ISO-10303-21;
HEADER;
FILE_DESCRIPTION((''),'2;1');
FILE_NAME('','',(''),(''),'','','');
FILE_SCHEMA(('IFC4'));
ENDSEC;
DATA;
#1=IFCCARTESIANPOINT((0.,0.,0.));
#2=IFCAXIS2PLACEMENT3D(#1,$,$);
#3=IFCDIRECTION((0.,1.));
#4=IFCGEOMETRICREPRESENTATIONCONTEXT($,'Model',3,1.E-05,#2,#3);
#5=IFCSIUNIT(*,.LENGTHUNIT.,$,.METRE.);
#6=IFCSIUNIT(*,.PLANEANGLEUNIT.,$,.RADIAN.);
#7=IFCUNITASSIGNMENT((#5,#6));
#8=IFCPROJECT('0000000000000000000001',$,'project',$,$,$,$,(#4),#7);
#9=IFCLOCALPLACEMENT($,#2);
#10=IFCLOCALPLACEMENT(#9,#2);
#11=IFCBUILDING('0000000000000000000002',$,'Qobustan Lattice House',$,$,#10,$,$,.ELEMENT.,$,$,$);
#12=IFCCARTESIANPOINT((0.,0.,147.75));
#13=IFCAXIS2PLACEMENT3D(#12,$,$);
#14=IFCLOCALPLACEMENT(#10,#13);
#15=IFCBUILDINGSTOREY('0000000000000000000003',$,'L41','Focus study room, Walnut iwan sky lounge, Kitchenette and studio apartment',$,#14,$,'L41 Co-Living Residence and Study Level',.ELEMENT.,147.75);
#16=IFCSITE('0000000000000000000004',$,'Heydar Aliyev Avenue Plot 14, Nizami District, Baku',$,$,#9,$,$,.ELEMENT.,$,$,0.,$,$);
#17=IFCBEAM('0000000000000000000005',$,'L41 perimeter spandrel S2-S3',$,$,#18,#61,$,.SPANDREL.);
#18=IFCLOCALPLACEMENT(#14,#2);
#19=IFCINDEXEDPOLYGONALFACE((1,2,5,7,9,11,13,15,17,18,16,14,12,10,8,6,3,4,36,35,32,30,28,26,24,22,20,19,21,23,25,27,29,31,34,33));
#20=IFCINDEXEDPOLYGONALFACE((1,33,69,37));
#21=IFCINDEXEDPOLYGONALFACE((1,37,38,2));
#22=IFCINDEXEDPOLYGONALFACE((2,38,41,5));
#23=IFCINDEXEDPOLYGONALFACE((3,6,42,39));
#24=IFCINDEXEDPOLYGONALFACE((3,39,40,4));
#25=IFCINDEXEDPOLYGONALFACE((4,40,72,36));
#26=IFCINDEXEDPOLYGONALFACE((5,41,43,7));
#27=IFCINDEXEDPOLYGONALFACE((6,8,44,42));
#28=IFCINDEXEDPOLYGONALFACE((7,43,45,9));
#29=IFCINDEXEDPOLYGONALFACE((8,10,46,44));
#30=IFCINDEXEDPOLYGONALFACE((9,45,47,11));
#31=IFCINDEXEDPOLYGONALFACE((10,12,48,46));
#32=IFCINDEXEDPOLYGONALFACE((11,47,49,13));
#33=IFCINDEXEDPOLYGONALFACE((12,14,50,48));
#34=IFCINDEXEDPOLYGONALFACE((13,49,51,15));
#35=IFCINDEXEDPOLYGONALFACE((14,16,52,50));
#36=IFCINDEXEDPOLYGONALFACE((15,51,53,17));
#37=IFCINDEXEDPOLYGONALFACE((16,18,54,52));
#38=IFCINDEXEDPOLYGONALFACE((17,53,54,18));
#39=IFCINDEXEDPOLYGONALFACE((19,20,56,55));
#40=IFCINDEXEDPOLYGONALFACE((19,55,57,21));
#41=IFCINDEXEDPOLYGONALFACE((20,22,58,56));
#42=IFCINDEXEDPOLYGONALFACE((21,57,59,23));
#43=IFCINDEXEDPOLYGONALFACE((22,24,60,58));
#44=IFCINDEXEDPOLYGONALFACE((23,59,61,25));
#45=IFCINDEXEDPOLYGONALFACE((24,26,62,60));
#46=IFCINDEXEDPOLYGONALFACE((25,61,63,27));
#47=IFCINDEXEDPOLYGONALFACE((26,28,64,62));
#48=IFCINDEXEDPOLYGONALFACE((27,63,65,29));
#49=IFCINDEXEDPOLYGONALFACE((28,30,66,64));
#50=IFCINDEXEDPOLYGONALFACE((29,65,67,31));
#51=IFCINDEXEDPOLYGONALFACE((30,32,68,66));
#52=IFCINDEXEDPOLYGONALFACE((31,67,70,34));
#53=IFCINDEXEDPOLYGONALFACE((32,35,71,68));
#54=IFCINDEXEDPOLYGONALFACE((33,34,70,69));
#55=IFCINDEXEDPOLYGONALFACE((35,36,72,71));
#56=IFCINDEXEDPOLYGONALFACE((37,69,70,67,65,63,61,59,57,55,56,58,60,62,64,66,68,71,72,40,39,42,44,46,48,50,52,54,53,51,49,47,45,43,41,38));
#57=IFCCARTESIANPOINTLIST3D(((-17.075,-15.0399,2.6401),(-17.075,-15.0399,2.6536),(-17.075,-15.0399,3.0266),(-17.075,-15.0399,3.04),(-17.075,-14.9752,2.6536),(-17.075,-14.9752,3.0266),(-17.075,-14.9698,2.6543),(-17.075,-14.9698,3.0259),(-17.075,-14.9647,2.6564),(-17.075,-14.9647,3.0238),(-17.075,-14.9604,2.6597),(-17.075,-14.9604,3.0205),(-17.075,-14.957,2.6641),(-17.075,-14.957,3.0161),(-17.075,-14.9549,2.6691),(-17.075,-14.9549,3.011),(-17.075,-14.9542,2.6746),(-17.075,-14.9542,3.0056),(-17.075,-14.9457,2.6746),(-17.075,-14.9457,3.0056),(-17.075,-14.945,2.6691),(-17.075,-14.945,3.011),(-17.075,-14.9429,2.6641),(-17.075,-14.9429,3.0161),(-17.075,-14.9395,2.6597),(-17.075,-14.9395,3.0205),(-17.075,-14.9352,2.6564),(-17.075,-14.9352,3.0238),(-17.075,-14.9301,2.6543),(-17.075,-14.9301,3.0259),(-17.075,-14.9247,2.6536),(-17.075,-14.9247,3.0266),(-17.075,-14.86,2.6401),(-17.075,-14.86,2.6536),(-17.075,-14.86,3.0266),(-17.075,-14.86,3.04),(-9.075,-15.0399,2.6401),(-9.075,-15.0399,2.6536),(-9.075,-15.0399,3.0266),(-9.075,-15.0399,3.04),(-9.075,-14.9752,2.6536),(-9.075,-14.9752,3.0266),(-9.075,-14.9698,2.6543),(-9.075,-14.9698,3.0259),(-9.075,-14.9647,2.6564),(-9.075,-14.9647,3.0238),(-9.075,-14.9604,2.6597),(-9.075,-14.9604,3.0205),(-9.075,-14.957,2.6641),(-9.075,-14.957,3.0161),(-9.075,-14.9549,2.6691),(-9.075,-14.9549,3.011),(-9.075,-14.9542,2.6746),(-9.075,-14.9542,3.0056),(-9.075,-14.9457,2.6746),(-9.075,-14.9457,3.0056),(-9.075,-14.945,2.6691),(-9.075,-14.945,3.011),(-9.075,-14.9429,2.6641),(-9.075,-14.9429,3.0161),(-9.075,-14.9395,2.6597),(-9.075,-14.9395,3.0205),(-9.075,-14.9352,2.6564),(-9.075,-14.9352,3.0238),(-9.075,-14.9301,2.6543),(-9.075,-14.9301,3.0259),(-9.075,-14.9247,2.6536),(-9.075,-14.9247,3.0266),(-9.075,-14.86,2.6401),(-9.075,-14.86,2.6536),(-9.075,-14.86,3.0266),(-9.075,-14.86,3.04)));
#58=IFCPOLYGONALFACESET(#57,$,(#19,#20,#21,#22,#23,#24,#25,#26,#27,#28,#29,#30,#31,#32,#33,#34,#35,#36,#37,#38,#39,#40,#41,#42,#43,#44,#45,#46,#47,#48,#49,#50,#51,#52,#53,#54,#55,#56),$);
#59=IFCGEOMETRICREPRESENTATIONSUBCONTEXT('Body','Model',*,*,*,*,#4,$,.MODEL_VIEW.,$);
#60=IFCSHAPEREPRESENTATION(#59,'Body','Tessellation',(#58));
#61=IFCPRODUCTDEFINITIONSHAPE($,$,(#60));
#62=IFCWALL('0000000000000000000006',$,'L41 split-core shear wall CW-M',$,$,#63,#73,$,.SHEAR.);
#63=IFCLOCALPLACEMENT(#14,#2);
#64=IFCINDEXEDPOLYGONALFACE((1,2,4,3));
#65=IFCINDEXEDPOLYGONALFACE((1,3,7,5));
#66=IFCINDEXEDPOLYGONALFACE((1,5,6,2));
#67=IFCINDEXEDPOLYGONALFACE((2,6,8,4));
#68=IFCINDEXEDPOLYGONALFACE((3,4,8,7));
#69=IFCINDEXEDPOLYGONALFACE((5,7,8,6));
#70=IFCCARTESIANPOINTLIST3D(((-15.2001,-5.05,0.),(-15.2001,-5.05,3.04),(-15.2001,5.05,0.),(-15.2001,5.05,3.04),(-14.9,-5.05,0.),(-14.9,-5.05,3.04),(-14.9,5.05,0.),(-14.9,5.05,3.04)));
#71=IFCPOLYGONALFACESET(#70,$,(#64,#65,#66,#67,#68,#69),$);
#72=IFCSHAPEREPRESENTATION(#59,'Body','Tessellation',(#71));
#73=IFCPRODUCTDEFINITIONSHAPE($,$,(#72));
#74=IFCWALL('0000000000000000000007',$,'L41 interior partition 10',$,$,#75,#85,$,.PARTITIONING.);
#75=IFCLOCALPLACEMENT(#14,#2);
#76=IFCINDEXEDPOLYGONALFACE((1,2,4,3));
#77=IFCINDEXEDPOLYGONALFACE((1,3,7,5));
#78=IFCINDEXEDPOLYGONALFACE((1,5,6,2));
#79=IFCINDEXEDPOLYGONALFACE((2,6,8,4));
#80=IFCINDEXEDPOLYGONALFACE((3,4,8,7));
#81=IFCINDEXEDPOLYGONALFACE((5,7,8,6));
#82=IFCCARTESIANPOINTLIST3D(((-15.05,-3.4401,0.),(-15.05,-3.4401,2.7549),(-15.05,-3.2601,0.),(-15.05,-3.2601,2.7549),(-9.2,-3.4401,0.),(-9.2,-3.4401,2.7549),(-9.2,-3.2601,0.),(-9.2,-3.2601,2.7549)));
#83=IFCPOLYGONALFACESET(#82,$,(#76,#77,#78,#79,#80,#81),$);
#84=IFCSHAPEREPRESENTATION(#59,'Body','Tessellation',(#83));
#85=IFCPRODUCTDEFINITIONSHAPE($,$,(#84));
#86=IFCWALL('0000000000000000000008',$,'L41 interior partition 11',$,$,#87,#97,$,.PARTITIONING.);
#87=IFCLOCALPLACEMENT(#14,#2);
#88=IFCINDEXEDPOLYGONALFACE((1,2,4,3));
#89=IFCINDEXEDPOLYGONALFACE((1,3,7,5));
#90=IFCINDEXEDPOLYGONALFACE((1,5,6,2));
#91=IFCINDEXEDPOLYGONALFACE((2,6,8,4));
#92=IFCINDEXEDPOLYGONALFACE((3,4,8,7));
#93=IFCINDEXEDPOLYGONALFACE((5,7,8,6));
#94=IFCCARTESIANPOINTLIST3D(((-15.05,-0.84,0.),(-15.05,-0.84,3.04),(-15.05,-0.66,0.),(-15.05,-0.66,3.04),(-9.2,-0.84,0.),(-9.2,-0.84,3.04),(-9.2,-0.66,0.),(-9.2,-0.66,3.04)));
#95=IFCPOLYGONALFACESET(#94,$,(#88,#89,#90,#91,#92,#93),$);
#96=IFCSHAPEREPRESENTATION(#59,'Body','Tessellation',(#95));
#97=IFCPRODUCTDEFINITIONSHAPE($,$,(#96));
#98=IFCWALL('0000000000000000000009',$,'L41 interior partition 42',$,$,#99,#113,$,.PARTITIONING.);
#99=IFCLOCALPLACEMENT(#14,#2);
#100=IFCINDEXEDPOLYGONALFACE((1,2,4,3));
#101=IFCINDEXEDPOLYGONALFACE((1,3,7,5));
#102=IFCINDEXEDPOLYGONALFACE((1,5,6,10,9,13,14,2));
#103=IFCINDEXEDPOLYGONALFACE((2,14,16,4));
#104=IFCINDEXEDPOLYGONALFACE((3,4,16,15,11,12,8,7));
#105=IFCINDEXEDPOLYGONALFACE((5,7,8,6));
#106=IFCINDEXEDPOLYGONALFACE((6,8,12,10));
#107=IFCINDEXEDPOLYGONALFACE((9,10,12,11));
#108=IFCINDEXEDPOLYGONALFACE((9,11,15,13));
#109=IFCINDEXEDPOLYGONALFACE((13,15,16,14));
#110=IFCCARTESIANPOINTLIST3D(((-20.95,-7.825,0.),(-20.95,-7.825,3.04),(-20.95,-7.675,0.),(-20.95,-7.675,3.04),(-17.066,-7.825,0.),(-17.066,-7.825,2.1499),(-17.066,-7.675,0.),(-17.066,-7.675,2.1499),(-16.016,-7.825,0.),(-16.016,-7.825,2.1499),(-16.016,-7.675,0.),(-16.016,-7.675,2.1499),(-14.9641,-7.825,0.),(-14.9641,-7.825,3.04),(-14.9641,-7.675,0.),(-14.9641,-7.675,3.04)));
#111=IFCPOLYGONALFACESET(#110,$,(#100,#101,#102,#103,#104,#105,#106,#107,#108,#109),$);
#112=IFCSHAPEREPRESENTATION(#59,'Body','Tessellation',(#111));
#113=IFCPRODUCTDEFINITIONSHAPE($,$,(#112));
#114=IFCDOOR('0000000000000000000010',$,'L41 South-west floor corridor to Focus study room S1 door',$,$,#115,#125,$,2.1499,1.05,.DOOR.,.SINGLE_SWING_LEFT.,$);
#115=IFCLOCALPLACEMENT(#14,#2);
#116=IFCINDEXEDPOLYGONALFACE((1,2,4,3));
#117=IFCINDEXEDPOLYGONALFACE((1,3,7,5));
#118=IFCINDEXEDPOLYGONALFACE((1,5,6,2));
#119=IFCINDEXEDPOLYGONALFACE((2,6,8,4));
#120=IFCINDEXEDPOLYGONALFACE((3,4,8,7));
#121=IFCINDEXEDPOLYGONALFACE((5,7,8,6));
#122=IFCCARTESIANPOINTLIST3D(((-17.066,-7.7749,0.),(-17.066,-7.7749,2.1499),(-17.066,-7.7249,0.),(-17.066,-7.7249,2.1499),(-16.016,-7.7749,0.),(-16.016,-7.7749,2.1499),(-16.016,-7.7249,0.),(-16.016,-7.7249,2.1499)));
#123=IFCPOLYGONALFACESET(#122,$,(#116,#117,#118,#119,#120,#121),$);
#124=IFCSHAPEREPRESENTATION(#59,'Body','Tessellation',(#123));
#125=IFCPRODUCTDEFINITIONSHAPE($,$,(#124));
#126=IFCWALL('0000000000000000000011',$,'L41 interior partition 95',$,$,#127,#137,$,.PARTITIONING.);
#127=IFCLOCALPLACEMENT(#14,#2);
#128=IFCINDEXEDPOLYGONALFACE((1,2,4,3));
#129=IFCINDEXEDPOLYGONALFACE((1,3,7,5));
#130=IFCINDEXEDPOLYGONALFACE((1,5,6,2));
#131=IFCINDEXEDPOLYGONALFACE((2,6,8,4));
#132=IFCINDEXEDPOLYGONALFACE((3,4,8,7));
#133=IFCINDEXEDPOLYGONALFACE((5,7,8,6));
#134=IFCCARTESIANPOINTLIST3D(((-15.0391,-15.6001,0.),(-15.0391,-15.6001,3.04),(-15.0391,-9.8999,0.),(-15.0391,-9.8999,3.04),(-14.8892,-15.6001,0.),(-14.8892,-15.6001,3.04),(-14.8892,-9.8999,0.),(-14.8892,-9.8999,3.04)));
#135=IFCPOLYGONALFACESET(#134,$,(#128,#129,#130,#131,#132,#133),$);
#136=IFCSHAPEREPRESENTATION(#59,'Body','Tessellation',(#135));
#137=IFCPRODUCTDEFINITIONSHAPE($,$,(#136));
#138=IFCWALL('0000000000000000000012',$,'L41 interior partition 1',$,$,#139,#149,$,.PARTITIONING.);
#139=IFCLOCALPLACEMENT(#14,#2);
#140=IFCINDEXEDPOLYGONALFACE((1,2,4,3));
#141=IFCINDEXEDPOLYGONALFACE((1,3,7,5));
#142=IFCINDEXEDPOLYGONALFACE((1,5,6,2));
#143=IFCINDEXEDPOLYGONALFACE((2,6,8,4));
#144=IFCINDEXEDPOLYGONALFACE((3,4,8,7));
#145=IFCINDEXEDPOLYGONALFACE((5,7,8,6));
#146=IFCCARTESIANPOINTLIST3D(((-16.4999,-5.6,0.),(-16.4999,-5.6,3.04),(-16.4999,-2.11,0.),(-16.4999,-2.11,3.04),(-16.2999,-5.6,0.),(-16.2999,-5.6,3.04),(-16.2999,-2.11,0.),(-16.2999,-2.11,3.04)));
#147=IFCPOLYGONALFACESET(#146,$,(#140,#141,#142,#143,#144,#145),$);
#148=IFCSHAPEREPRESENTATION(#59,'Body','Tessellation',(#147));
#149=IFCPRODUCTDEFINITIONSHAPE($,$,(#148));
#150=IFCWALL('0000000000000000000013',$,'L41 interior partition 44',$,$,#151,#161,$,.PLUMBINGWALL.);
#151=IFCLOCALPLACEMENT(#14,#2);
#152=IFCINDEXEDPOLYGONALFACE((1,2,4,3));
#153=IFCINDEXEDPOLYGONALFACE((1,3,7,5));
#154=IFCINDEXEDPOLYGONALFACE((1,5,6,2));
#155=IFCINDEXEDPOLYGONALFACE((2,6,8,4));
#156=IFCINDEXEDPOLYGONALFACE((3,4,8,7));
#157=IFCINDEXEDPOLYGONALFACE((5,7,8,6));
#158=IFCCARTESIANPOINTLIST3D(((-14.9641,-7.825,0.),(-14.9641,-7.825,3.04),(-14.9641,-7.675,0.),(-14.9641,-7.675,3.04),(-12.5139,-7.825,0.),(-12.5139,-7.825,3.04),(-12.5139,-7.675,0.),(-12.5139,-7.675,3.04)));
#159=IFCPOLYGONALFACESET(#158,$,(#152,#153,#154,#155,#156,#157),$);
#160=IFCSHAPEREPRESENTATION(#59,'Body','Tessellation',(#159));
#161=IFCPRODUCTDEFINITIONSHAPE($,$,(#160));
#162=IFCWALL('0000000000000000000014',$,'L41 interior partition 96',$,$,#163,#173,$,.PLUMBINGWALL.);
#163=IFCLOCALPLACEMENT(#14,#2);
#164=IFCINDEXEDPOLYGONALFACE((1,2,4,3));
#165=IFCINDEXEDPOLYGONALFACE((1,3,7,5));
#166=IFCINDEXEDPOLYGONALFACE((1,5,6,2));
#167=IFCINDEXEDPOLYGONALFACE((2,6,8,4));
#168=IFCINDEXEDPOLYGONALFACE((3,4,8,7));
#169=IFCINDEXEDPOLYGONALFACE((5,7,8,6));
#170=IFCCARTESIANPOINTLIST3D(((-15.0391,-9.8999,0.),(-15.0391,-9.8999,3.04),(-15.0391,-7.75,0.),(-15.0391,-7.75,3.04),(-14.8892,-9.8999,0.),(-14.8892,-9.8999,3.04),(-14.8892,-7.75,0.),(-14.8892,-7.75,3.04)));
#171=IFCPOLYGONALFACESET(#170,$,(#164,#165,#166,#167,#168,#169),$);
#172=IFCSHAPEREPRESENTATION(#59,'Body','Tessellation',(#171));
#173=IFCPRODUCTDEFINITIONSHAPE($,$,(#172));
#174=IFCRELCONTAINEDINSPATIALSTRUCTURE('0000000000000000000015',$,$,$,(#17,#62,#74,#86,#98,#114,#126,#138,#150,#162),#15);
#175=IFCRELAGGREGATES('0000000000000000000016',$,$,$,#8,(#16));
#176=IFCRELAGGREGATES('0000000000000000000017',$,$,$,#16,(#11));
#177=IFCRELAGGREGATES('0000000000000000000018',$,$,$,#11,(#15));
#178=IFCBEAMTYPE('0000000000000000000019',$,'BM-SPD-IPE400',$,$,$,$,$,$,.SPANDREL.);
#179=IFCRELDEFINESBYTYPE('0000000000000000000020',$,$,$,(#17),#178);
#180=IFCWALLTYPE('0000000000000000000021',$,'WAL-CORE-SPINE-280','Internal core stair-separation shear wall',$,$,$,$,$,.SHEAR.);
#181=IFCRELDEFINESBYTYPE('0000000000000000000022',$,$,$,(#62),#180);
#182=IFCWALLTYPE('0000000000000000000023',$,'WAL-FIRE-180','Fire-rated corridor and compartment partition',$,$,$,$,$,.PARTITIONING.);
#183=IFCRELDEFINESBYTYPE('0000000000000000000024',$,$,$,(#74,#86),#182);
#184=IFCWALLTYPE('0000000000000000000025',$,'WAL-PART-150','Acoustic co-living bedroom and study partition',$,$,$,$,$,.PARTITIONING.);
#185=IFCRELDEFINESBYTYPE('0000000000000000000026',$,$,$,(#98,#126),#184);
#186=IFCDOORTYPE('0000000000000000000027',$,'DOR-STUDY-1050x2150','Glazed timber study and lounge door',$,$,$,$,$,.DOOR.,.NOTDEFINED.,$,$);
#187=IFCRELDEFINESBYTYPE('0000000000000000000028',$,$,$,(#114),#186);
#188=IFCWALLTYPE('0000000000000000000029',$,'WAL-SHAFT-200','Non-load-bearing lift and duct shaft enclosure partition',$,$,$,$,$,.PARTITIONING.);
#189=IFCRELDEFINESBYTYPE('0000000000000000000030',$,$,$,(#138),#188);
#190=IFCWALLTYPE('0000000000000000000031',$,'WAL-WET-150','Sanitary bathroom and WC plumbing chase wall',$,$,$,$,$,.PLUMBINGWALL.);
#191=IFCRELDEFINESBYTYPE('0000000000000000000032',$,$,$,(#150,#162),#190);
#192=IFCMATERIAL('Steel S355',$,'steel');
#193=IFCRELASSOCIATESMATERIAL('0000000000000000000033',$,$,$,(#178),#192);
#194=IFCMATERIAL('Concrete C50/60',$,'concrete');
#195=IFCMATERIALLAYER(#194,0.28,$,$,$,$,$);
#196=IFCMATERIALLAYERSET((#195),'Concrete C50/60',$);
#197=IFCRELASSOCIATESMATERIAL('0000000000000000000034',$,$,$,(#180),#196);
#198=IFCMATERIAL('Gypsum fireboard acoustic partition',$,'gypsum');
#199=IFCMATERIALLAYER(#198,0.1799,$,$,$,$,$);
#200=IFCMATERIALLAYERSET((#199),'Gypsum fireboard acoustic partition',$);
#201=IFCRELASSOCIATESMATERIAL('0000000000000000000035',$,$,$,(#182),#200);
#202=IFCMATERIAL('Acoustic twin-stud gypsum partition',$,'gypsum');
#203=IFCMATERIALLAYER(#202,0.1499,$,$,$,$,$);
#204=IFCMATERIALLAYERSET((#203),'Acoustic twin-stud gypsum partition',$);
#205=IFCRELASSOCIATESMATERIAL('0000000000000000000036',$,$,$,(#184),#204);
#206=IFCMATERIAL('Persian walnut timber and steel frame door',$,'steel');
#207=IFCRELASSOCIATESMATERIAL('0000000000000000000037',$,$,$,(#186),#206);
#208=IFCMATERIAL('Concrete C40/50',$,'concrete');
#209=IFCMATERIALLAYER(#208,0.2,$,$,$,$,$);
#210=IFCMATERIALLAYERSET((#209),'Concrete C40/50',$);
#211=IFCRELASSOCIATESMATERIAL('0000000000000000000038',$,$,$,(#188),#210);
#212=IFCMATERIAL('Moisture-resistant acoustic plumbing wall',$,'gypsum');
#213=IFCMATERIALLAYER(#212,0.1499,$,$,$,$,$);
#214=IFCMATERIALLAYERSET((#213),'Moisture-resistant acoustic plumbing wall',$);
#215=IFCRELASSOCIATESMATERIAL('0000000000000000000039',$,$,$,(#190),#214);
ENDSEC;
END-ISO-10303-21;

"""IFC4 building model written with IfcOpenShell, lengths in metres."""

from ifc_helpers import new_model, si_unit, direction, frame, frame_2d, origin, origin_2d, place, context, subcontext, project, spatial, rectangle, i_section, extrude, material, layer, layer_set, material_profile, profile_set, type_object, element, fill, save


model = new_model("IFC4")

# Units and contexts
model_context = context("Model", 3, precision=1e-05, world=origin(), true_north=direction((0.0, 1.0)))
body_context = subcontext(model_context, "Body", "Model", "MODEL_VIEW")
ifc_project = project(units=[si_unit("LENGTHUNIT", "METRE"), si_unit("PLANEANGLEUNIT", "RADIAN")], contexts=[model_context])

# Site, building, storey
site_placement = place(None, origin())
site = spatial("IfcSite", under=ifc_project, at=site_placement, Name="Heydar Aliyev Avenue Plot 14, Nizami District, Baku", CompositionType="ELEMENT", RefElevation=0.0)
building_placement = place(site_placement, origin())
building = spatial("IfcBuilding", under=site, at=building_placement, Name="Qobustan Lattice House", CompositionType="ELEMENT")
storey_placement = place(building_placement, frame((0.0, 0.0, 147.75)))
storey = spatial("IfcBuildingStorey", under=building, at=storey_placement, Name="L41", Description="Focus study room, Walnut iwan sky lounge, Kitchenette and studio apartment", LongName="L41 Co-Living Residence and Study Level", CompositionType="ELEMENT", Elevation=147.75)

# Beam
ifc_material_1 = material(Name="Steel S355", Category="steel")
ifc_material_profile_1 = material_profile(ifc_material_1, i_section(OverallWidth=0.1799, OverallDepth=0.3999, WebThickness=0.0085, FlangeThickness=0.0134, FilletRadius=0.021, at=origin_2d()), Name="IPE400")
ifc_profile_set_1 = profile_set([ifc_material_profile_1], Name="Steel S355")
beam_type_1 = type_object("IfcBeamType", Name="BM-SPD-IPE400", PredefinedType="SPANDREL", material=ifc_profile_set_1)
beam_1_placement = place(storey_placement, frame((-17.075, -14.95, 2.8401), z_axis=(1.0, 0.0, 0.0), x_axis=(0.0, 1.0, 0.0)))
element("IfcBeam", 1, at=beam_1_placement, inside=storey, type_object=beam_type_1, Name="L41 perimeter spandrel S2-S3", PredefinedType="SPANDREL", context=body_context, shape_type="SweptSolid", body=[
    extrude(i_section(OverallWidth=0.1799, OverallDepth=0.3999, WebThickness=0.0085, FlangeThickness=0.0134, FilletRadius=0.021, at=origin_2d()), origin(), (0.0, 0.0, 1.0), 8.0),
])

# Walls
ifc_material_2 = material(Name="Concrete C50/60", Category="concrete")
ifc_layer_1 = layer(ifc_material_2, 0.28)
ifc_layer_set_1 = layer_set([ifc_layer_1], Name="Concrete C50/60")
wall_type_1 = type_object("IfcWallType", Name="WAL-CORE-SPINE-280", Description="Internal core stair-separation shear wall", PredefinedType="SHEAR", material=ifc_layer_set_1)
wall_1_placement = place(storey_placement, frame((-15.05, -5.05, 0.0), z_axis=(0.0, 0.0, 1.0), x_axis=(0.0, 1.0, 0.0)))
element("IfcWall", 2, at=wall_1_placement, inside=storey, type_object=wall_type_1, Name="L41 split-core shear wall CW-M", PredefinedType="SHEAR", context=body_context, shape_type="SweptSolid", body=[
    extrude(rectangle(XDim=10.1001, YDim=0.3, at=frame_2d((5.05, 0.0))), origin(), (0.0, 0.0, 1.0), 3.04),
])
ifc_material_3 = material(Name="Gypsum fireboard acoustic partition", Category="gypsum")
ifc_layer_2 = layer(ifc_material_3, 0.1799)
ifc_layer_set_2 = layer_set([ifc_layer_2], Name="Gypsum fireboard acoustic partition")
wall_type_2 = type_object("IfcWallType", Name="WAL-FIRE-180", Description="Fire-rated corridor and compartment partition", PredefinedType="PARTITIONING", material=ifc_layer_set_2)
wall_2_placement = place(storey_placement, frame((-15.05, -3.3501, 0.0), z_axis=(0.0, 0.0, 1.0), x_axis=(1.0, 0.0, 0.0)))
element("IfcWall", 3, at=wall_2_placement, inside=storey, type_object=wall_type_2, Name="L41 interior partition 10", PredefinedType="PARTITIONING", context=body_context, shape_type="SweptSolid", body=[
    extrude(rectangle(XDim=5.8501, YDim=0.1799, at=frame_2d((2.925, 0.0))), origin(), (0.0, 0.0, 1.0), 2.7549),
])
wall_3_placement = place(storey_placement, frame((-9.2, -0.75, 0.0), z_axis=(0.0, 0.0, 1.0), x_axis=(-1.0, 0.0, 0.0)))
element("IfcWall", 4, at=wall_3_placement, inside=storey, type_object=wall_type_2, Name="L41 interior partition 11", PredefinedType="PARTITIONING", context=body_context, shape_type="SweptSolid", body=[
    extrude(rectangle(XDim=5.8501, YDim=0.1799, at=frame_2d((2.925, 0.0))), origin(), (0.0, 0.0, 1.0), 3.04),
])

# Wall, opening, door
ifc_material_4 = material(Name="Acoustic twin-stud gypsum partition", Category="gypsum")
ifc_layer_3 = layer(ifc_material_4, 0.1499)
ifc_layer_set_3 = layer_set([ifc_layer_3], Name="Acoustic twin-stud gypsum partition")
wall_type_3 = type_object("IfcWallType", Name="WAL-PART-150", Description="Acoustic co-living bedroom and study partition", PredefinedType="PARTITIONING", material=ifc_layer_set_3)
wall_4_placement = place(storey_placement, frame((-14.9641, -7.75, 0.0), z_axis=(0.0, 0.0, 1.0), x_axis=(-1.0, 0.0, 0.0)))
wall_4 = element("IfcWall", 5, at=wall_4_placement, inside=storey, type_object=wall_type_3, Name="L41 interior partition 42", PredefinedType="PARTITIONING", context=body_context, shape_type="SweptSolid", body=[
    extrude(rectangle(XDim=5.9858, YDim=0.1499, at=frame_2d((2.9929, 0.0))), origin(), (0.0, 0.0, 1.0), 3.04),
])
opening_1_placement = place(wall_4_placement, frame((1.052, 0.0, 0.0)))
opening_1 = element("IfcOpeningElement", 6, at=opening_1_placement, cuts=wall_4, PredefinedType="OPENING", context=body_context, shape_type="SweptSolid", body=[
    extrude(rectangle(XDim=1.05, YDim=2.1499, at=frame_2d((0.5249, 1.075))), frame((0.0, 0.085, 0.0), z_axis=(0.0, -1.0, 0.0), x_axis=(1.0, 0.0, 0.0)), (0.0, 0.0, 1.0), 0.1699),
])
ifc_material_5 = material(Name="Persian walnut timber and steel frame door", Category="steel")
door_type_1 = type_object("IfcDoorType", Name="DOR-STUDY-1050x2150", Description="Glazed timber study and lounge door", OperationType="NOTDEFINED", PredefinedType="DOOR", material=ifc_material_5)
door_1_placement = place(opening_1_placement, origin())
door_1 = element("IfcDoor", 7, at=door_1_placement, inside=storey, type_object=door_type_1, Name="L41 South-west floor corridor to Focus study room S1 door", OperationType="SINGLE_SWING_LEFT", OverallHeight=2.1499, OverallWidth=1.05, PredefinedType="DOOR", context=body_context, shape_type="SweptSolid", body=[
    extrude(rectangle(XDim=1.05, YDim=2.1499, at=frame_2d((0.5249, 1.075))), frame((0.0, 0.0249, 0.0), z_axis=(0.0, -1.0, 0.0), x_axis=(1.0, 0.0, 0.0)), (0.0, 0.0, 1.0), 0.05),
])
fill(opening_1, door_1)

# Walls
wall_5_placement = place(storey_placement, frame((-14.9641, -9.8999, 0.0), z_axis=(0.0, 0.0, 1.0), x_axis=(0.0, -1.0, 0.0)))
element("IfcWall", 8, at=wall_5_placement, inside=storey, type_object=wall_type_3, Name="L41 interior partition 95", PredefinedType="PARTITIONING", context=body_context, shape_type="SweptSolid", body=[
    extrude(rectangle(XDim=5.7002, YDim=0.1499, at=frame_2d((2.8501, 0.0))), origin(), (0.0, 0.0, 1.0), 3.04),
])
ifc_material_6 = material(Name="Concrete C40/50", Category="concrete")
ifc_layer_4 = layer(ifc_material_6, 0.2)
ifc_layer_set_4 = layer_set([ifc_layer_4], Name="Concrete C40/50")
wall_type_4 = type_object("IfcWallType", Name="WAL-SHAFT-200", Description="Non-load-bearing lift and duct shaft enclosure partition", PredefinedType="PARTITIONING", material=ifc_layer_set_4)
wall_6_placement = place(storey_placement, frame((-16.3999, -5.6001, 0.0), z_axis=(0.0, 0.0, 1.0), x_axis=(0.0, 1.0, 0.0)))
element("IfcWall", 9, at=wall_6_placement, inside=storey, type_object=wall_type_4, Name="L41 interior partition 1", PredefinedType="PARTITIONING", context=body_context, shape_type="SweptSolid", body=[
    extrude(rectangle(XDim=3.49, YDim=0.2, at=frame_2d((1.7451, 0.0))), origin(), (0.0, 0.0, 1.0), 3.04),
])
ifc_material_7 = material(Name="Moisture-resistant acoustic plumbing wall", Category="gypsum")
ifc_layer_5 = layer(ifc_material_7, 0.1499)
ifc_layer_set_5 = layer_set([ifc_layer_5], Name="Moisture-resistant acoustic plumbing wall")
wall_type_5 = type_object("IfcWallType", Name="WAL-WET-150", Description="Sanitary bathroom and WC plumbing chase wall", PredefinedType="PLUMBINGWALL", material=ifc_layer_set_5)
wall_7_placement = place(storey_placement, frame((-12.5139, -7.75, 0.0), z_axis=(0.0, 0.0, 1.0), x_axis=(-1.0, 0.0, 0.0)))
element("IfcWall", 10, at=wall_7_placement, inside=storey, type_object=wall_type_5, Name="L41 interior partition 44", PredefinedType="PLUMBINGWALL", context=body_context, shape_type="SweptSolid", body=[
    extrude(rectangle(XDim=2.4502, YDim=0.1499, at=frame_2d((1.2251, 0.0))), origin(), (0.0, 0.0, 1.0), 3.04),
])
wall_8_placement = place(storey_placement, frame((-14.9641, -7.75, 0.0), z_axis=(0.0, 0.0, 1.0), x_axis=(0.0, -1.0, 0.0)))
element("IfcWall", 11, at=wall_8_placement, inside=storey, type_object=wall_type_5, Name="L41 interior partition 96", PredefinedType="PLUMBINGWALL", context=body_context, shape_type="SweptSolid", body=[
    extrude(rectangle(XDim=2.1499, YDim=0.1499, at=frame_2d((1.075, 0.0))), origin(), (0.0, 0.0, 1.0), 3.04),
])

save(model, "model.ifc")
